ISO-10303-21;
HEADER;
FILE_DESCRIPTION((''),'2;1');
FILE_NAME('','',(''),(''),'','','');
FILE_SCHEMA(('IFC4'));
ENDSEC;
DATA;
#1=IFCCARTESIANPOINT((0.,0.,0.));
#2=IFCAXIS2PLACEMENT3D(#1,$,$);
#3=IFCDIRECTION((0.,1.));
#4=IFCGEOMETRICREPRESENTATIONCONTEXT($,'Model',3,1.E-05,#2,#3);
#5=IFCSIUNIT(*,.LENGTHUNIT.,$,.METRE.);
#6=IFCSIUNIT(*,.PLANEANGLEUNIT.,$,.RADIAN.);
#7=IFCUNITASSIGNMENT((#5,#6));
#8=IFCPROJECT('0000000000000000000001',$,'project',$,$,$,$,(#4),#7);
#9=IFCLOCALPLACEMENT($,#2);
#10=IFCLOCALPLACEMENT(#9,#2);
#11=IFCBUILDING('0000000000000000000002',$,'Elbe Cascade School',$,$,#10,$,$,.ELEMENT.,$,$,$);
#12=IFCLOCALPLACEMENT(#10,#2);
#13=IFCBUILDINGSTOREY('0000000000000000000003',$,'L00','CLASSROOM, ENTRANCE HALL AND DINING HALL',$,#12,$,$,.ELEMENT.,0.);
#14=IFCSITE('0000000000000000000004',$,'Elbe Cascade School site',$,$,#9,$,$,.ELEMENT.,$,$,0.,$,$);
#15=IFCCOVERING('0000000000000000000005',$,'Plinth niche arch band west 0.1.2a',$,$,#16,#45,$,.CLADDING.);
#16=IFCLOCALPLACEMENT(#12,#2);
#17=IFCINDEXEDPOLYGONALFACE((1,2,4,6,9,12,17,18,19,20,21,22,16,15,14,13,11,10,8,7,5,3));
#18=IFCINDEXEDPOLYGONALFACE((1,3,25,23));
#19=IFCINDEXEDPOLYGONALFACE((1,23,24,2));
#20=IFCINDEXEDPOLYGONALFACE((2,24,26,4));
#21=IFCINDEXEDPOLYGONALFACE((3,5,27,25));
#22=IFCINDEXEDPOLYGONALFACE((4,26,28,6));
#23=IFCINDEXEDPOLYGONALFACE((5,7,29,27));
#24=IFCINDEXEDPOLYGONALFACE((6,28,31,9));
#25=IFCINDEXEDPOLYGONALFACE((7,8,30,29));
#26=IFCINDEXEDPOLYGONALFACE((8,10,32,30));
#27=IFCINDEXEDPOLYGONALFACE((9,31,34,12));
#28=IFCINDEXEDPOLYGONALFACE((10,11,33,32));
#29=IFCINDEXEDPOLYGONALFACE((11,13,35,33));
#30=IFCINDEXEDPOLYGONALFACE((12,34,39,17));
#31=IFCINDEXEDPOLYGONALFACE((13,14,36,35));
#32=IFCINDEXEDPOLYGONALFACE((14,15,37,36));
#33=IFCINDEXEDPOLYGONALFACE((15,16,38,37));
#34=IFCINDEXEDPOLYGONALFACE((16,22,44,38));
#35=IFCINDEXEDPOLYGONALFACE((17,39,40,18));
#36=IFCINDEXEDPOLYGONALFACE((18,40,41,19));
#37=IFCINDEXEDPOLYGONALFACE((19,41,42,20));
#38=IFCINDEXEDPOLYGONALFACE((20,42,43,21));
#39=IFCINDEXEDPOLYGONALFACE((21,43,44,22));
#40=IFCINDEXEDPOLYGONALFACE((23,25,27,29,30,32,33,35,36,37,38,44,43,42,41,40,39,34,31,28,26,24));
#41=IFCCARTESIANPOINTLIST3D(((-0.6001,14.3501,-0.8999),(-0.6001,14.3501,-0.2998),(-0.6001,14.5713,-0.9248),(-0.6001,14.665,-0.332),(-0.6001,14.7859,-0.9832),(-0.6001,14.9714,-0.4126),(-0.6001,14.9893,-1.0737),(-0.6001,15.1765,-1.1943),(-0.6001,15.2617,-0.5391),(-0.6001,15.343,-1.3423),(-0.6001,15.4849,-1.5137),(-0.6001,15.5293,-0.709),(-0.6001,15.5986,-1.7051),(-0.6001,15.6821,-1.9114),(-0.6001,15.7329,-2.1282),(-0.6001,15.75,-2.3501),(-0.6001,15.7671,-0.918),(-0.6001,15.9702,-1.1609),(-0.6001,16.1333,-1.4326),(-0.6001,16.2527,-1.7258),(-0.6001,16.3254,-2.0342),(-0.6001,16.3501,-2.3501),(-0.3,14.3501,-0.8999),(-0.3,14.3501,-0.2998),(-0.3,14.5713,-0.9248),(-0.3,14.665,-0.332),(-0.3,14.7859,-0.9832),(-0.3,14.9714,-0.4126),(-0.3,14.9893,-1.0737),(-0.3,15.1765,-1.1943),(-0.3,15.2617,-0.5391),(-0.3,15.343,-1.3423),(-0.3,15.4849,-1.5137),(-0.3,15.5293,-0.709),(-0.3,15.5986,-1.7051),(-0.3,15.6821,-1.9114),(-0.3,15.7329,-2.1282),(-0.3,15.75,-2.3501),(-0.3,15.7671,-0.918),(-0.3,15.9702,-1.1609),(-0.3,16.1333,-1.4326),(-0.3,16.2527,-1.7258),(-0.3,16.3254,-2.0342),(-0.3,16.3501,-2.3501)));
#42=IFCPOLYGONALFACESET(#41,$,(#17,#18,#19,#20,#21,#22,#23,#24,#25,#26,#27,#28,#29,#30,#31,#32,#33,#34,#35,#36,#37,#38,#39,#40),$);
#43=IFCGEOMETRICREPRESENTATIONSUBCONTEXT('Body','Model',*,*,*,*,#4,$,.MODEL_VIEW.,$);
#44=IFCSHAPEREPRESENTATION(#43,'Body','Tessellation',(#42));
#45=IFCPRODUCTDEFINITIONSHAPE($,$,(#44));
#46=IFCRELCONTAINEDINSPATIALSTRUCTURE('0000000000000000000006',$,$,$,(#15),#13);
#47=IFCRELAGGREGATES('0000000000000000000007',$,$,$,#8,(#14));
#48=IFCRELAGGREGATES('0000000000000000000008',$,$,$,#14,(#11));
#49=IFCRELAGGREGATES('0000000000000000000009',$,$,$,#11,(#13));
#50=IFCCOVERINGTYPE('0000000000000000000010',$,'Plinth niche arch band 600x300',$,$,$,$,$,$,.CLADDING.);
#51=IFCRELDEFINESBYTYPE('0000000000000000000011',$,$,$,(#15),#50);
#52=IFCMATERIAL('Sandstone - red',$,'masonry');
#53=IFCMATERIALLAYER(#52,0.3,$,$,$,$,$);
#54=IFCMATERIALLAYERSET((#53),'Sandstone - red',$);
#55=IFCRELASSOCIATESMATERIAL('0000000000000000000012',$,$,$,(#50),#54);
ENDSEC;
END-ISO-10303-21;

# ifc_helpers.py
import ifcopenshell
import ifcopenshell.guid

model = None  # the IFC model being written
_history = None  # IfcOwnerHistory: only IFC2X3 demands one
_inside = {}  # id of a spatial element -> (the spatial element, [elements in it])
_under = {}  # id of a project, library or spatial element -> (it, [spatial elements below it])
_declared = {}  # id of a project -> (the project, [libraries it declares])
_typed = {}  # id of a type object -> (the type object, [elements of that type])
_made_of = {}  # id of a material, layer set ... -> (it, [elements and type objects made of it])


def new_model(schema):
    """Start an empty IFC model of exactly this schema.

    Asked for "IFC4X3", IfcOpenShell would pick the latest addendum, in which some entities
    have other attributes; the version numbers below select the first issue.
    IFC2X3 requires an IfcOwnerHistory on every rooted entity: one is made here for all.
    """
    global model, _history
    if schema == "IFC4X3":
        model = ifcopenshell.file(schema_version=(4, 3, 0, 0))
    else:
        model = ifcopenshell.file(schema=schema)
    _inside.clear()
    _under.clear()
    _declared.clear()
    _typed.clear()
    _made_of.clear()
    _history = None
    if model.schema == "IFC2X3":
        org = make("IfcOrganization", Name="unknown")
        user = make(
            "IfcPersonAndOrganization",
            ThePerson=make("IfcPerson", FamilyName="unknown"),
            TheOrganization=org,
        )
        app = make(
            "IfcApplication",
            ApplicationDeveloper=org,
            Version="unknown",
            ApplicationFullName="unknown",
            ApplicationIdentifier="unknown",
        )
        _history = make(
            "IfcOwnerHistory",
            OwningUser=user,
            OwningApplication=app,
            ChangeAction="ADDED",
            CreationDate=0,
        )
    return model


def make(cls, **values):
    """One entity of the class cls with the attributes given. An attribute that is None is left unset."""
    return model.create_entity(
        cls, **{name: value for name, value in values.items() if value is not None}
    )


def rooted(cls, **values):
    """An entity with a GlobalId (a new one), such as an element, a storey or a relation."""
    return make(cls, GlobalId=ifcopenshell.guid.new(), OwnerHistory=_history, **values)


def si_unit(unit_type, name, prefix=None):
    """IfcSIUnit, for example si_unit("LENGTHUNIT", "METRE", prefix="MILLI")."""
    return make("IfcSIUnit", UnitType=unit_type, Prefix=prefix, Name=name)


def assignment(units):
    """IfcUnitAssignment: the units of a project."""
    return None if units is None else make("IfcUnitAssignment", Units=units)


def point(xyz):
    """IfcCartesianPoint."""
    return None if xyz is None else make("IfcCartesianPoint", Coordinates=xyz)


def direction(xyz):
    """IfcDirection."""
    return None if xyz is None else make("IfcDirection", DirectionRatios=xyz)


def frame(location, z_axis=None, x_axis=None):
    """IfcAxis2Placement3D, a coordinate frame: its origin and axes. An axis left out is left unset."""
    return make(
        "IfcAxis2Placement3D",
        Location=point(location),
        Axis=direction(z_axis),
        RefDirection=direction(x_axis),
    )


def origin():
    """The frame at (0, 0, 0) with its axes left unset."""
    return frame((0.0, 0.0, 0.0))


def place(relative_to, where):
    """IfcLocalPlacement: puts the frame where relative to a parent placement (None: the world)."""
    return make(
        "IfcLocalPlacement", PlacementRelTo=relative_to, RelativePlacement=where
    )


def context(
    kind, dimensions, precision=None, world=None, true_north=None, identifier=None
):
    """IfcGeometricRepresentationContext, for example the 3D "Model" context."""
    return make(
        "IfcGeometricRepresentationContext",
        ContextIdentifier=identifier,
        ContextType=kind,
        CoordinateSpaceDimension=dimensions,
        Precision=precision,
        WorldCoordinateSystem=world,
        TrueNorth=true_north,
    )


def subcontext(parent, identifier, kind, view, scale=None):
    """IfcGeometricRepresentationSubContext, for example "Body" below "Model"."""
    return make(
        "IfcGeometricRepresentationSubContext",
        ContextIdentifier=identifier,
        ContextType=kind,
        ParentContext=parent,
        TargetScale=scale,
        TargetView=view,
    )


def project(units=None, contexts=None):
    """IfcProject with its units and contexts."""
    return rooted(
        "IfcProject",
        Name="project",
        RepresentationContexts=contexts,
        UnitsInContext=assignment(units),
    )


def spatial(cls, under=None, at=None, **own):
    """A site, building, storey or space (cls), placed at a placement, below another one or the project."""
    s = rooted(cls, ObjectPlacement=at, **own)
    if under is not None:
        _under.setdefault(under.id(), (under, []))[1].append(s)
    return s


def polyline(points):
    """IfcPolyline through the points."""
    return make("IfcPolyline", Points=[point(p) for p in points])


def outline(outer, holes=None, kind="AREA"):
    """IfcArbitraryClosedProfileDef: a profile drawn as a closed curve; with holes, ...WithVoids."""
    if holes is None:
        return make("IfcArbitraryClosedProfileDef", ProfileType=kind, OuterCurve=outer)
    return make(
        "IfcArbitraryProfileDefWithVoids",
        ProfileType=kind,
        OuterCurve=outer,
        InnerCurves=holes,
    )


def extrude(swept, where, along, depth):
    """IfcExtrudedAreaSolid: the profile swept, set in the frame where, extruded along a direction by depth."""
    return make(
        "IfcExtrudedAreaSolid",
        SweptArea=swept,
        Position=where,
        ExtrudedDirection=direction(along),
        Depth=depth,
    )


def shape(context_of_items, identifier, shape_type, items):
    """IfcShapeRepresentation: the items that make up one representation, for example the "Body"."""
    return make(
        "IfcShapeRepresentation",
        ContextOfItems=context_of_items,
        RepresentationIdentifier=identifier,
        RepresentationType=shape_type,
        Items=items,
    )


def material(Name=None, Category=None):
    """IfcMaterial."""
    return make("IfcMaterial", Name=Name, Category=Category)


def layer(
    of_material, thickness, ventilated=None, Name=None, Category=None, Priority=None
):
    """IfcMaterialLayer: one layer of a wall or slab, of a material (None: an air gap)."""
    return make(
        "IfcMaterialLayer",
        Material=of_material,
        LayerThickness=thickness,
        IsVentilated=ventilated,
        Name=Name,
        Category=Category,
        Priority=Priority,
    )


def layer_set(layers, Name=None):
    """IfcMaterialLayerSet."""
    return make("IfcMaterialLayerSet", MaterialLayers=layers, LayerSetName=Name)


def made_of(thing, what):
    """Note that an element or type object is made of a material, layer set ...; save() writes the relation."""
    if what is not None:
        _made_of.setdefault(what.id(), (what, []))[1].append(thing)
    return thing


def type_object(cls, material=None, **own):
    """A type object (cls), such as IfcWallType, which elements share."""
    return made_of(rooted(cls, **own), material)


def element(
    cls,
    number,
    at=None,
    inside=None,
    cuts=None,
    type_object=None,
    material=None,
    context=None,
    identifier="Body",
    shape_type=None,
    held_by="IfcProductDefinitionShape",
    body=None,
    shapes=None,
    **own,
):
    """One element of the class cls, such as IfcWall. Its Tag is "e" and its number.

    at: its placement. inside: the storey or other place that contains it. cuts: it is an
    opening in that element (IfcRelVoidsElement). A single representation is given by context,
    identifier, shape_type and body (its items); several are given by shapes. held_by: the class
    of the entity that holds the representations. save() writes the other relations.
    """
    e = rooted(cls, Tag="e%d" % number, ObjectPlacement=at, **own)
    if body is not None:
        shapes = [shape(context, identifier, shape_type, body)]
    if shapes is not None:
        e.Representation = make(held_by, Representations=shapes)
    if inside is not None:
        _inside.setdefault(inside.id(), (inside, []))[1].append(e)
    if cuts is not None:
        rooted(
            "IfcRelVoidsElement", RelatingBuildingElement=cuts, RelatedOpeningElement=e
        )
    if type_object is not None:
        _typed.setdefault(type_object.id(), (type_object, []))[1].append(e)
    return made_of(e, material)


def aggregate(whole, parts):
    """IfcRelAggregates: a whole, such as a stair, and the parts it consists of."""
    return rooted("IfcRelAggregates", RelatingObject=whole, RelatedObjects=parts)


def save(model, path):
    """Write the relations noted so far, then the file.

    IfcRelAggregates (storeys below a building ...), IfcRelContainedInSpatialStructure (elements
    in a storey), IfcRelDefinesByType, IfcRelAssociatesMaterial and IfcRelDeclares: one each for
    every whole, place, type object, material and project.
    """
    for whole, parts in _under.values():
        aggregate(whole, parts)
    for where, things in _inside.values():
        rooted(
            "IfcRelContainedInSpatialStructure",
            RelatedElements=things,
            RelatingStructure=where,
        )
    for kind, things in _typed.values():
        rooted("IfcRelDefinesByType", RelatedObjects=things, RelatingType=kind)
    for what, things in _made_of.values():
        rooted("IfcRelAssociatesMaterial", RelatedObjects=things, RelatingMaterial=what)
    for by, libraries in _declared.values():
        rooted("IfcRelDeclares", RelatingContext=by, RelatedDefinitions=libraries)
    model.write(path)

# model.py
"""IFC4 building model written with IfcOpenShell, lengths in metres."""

from ifc_helpers import new_model, si_unit, direction, frame, origin, place, context, subcontext, project, spatial, polyline, outline, extrude, material, layer, layer_set, type_object, element, save


model = new_model("IFC4")

# Units and contexts
model_context = context("Model", 3, precision=1e-05, world=origin(), true_north=direction((0.0, 1.0)))
body_context = subcontext(model_context, "Body", "Model", "MODEL_VIEW")
ifc_project = project(units=[si_unit("LENGTHUNIT", "METRE"), si_unit("PLANEANGLEUNIT", "RADIAN")], contexts=[model_context])

# Site, building, storey
site_placement = place(None, origin())
site = spatial("IfcSite", under=ifc_project, at=site_placement, Name="Elbe Cascade School site", CompositionType="ELEMENT", RefElevation=0.0)
building_placement = place(site_placement, origin())
building = spatial("IfcBuilding", under=site, at=building_placement, Name="Elbe Cascade School", CompositionType="ELEMENT")
storey_placement = place(building_placement, origin())
storey = spatial("IfcBuildingStorey", under=building, at=storey_placement, Name="L00", Description="CLASSROOM, ENTRANCE HALL AND DINING HALL", CompositionType="ELEMENT", Elevation=0.0)

# Covering
ifc_material_1 = material(Name="Sandstone - red", Category="masonry")
ifc_layer_1 = layer(ifc_material_1, 0.3)
ifc_layer_set_1 = layer_set([ifc_layer_1], Name="Sandstone - red")
covering_type = type_object("IfcCoveringType", Name="Plinth niche arch band 600x300", PredefinedType="CLADDING", material=ifc_layer_set_1)
covering_1_placement = place(storey_placement, frame((-0.6001, 16.3501, -2.3501), z_axis=(-1.0, 0.0, 0.0), x_axis=(0.0, -1.0, 0.0)))
element("IfcCovering", 1, at=covering_1_placement, inside=storey, type_object=covering_type, Name="Plinth niche arch band west 0.1.2a", PredefinedType="CLADDING", context=body_context, shape_type="SweptSolid", body=[
    extrude(outline(polyline([(0.0, 0.0), (0.6001, 0.0), (0.6172, 0.2219), (0.668, 0.4387), (0.7515, 0.645), (0.8652, 0.8364), (1.0071, 1.0078), (1.1736, 1.1558), (1.3608, 1.2764), (1.5642, 1.3669), (1.7788, 1.4253), (2.0, 1.4502), (2.0, 2.0503), (1.6851, 2.0181), (1.3787, 1.9375), (1.0884, 1.811), (0.8208, 1.6411), (0.583, 1.4321), (0.3799, 1.1892), (0.2168, 0.9175), (0.0974, 0.6243), (0.0247, 0.3159), (0.0, 0.0)])), origin(), (0.0, 0.0, -1.0), 0.3),
])

save(model, "model.ifc")
